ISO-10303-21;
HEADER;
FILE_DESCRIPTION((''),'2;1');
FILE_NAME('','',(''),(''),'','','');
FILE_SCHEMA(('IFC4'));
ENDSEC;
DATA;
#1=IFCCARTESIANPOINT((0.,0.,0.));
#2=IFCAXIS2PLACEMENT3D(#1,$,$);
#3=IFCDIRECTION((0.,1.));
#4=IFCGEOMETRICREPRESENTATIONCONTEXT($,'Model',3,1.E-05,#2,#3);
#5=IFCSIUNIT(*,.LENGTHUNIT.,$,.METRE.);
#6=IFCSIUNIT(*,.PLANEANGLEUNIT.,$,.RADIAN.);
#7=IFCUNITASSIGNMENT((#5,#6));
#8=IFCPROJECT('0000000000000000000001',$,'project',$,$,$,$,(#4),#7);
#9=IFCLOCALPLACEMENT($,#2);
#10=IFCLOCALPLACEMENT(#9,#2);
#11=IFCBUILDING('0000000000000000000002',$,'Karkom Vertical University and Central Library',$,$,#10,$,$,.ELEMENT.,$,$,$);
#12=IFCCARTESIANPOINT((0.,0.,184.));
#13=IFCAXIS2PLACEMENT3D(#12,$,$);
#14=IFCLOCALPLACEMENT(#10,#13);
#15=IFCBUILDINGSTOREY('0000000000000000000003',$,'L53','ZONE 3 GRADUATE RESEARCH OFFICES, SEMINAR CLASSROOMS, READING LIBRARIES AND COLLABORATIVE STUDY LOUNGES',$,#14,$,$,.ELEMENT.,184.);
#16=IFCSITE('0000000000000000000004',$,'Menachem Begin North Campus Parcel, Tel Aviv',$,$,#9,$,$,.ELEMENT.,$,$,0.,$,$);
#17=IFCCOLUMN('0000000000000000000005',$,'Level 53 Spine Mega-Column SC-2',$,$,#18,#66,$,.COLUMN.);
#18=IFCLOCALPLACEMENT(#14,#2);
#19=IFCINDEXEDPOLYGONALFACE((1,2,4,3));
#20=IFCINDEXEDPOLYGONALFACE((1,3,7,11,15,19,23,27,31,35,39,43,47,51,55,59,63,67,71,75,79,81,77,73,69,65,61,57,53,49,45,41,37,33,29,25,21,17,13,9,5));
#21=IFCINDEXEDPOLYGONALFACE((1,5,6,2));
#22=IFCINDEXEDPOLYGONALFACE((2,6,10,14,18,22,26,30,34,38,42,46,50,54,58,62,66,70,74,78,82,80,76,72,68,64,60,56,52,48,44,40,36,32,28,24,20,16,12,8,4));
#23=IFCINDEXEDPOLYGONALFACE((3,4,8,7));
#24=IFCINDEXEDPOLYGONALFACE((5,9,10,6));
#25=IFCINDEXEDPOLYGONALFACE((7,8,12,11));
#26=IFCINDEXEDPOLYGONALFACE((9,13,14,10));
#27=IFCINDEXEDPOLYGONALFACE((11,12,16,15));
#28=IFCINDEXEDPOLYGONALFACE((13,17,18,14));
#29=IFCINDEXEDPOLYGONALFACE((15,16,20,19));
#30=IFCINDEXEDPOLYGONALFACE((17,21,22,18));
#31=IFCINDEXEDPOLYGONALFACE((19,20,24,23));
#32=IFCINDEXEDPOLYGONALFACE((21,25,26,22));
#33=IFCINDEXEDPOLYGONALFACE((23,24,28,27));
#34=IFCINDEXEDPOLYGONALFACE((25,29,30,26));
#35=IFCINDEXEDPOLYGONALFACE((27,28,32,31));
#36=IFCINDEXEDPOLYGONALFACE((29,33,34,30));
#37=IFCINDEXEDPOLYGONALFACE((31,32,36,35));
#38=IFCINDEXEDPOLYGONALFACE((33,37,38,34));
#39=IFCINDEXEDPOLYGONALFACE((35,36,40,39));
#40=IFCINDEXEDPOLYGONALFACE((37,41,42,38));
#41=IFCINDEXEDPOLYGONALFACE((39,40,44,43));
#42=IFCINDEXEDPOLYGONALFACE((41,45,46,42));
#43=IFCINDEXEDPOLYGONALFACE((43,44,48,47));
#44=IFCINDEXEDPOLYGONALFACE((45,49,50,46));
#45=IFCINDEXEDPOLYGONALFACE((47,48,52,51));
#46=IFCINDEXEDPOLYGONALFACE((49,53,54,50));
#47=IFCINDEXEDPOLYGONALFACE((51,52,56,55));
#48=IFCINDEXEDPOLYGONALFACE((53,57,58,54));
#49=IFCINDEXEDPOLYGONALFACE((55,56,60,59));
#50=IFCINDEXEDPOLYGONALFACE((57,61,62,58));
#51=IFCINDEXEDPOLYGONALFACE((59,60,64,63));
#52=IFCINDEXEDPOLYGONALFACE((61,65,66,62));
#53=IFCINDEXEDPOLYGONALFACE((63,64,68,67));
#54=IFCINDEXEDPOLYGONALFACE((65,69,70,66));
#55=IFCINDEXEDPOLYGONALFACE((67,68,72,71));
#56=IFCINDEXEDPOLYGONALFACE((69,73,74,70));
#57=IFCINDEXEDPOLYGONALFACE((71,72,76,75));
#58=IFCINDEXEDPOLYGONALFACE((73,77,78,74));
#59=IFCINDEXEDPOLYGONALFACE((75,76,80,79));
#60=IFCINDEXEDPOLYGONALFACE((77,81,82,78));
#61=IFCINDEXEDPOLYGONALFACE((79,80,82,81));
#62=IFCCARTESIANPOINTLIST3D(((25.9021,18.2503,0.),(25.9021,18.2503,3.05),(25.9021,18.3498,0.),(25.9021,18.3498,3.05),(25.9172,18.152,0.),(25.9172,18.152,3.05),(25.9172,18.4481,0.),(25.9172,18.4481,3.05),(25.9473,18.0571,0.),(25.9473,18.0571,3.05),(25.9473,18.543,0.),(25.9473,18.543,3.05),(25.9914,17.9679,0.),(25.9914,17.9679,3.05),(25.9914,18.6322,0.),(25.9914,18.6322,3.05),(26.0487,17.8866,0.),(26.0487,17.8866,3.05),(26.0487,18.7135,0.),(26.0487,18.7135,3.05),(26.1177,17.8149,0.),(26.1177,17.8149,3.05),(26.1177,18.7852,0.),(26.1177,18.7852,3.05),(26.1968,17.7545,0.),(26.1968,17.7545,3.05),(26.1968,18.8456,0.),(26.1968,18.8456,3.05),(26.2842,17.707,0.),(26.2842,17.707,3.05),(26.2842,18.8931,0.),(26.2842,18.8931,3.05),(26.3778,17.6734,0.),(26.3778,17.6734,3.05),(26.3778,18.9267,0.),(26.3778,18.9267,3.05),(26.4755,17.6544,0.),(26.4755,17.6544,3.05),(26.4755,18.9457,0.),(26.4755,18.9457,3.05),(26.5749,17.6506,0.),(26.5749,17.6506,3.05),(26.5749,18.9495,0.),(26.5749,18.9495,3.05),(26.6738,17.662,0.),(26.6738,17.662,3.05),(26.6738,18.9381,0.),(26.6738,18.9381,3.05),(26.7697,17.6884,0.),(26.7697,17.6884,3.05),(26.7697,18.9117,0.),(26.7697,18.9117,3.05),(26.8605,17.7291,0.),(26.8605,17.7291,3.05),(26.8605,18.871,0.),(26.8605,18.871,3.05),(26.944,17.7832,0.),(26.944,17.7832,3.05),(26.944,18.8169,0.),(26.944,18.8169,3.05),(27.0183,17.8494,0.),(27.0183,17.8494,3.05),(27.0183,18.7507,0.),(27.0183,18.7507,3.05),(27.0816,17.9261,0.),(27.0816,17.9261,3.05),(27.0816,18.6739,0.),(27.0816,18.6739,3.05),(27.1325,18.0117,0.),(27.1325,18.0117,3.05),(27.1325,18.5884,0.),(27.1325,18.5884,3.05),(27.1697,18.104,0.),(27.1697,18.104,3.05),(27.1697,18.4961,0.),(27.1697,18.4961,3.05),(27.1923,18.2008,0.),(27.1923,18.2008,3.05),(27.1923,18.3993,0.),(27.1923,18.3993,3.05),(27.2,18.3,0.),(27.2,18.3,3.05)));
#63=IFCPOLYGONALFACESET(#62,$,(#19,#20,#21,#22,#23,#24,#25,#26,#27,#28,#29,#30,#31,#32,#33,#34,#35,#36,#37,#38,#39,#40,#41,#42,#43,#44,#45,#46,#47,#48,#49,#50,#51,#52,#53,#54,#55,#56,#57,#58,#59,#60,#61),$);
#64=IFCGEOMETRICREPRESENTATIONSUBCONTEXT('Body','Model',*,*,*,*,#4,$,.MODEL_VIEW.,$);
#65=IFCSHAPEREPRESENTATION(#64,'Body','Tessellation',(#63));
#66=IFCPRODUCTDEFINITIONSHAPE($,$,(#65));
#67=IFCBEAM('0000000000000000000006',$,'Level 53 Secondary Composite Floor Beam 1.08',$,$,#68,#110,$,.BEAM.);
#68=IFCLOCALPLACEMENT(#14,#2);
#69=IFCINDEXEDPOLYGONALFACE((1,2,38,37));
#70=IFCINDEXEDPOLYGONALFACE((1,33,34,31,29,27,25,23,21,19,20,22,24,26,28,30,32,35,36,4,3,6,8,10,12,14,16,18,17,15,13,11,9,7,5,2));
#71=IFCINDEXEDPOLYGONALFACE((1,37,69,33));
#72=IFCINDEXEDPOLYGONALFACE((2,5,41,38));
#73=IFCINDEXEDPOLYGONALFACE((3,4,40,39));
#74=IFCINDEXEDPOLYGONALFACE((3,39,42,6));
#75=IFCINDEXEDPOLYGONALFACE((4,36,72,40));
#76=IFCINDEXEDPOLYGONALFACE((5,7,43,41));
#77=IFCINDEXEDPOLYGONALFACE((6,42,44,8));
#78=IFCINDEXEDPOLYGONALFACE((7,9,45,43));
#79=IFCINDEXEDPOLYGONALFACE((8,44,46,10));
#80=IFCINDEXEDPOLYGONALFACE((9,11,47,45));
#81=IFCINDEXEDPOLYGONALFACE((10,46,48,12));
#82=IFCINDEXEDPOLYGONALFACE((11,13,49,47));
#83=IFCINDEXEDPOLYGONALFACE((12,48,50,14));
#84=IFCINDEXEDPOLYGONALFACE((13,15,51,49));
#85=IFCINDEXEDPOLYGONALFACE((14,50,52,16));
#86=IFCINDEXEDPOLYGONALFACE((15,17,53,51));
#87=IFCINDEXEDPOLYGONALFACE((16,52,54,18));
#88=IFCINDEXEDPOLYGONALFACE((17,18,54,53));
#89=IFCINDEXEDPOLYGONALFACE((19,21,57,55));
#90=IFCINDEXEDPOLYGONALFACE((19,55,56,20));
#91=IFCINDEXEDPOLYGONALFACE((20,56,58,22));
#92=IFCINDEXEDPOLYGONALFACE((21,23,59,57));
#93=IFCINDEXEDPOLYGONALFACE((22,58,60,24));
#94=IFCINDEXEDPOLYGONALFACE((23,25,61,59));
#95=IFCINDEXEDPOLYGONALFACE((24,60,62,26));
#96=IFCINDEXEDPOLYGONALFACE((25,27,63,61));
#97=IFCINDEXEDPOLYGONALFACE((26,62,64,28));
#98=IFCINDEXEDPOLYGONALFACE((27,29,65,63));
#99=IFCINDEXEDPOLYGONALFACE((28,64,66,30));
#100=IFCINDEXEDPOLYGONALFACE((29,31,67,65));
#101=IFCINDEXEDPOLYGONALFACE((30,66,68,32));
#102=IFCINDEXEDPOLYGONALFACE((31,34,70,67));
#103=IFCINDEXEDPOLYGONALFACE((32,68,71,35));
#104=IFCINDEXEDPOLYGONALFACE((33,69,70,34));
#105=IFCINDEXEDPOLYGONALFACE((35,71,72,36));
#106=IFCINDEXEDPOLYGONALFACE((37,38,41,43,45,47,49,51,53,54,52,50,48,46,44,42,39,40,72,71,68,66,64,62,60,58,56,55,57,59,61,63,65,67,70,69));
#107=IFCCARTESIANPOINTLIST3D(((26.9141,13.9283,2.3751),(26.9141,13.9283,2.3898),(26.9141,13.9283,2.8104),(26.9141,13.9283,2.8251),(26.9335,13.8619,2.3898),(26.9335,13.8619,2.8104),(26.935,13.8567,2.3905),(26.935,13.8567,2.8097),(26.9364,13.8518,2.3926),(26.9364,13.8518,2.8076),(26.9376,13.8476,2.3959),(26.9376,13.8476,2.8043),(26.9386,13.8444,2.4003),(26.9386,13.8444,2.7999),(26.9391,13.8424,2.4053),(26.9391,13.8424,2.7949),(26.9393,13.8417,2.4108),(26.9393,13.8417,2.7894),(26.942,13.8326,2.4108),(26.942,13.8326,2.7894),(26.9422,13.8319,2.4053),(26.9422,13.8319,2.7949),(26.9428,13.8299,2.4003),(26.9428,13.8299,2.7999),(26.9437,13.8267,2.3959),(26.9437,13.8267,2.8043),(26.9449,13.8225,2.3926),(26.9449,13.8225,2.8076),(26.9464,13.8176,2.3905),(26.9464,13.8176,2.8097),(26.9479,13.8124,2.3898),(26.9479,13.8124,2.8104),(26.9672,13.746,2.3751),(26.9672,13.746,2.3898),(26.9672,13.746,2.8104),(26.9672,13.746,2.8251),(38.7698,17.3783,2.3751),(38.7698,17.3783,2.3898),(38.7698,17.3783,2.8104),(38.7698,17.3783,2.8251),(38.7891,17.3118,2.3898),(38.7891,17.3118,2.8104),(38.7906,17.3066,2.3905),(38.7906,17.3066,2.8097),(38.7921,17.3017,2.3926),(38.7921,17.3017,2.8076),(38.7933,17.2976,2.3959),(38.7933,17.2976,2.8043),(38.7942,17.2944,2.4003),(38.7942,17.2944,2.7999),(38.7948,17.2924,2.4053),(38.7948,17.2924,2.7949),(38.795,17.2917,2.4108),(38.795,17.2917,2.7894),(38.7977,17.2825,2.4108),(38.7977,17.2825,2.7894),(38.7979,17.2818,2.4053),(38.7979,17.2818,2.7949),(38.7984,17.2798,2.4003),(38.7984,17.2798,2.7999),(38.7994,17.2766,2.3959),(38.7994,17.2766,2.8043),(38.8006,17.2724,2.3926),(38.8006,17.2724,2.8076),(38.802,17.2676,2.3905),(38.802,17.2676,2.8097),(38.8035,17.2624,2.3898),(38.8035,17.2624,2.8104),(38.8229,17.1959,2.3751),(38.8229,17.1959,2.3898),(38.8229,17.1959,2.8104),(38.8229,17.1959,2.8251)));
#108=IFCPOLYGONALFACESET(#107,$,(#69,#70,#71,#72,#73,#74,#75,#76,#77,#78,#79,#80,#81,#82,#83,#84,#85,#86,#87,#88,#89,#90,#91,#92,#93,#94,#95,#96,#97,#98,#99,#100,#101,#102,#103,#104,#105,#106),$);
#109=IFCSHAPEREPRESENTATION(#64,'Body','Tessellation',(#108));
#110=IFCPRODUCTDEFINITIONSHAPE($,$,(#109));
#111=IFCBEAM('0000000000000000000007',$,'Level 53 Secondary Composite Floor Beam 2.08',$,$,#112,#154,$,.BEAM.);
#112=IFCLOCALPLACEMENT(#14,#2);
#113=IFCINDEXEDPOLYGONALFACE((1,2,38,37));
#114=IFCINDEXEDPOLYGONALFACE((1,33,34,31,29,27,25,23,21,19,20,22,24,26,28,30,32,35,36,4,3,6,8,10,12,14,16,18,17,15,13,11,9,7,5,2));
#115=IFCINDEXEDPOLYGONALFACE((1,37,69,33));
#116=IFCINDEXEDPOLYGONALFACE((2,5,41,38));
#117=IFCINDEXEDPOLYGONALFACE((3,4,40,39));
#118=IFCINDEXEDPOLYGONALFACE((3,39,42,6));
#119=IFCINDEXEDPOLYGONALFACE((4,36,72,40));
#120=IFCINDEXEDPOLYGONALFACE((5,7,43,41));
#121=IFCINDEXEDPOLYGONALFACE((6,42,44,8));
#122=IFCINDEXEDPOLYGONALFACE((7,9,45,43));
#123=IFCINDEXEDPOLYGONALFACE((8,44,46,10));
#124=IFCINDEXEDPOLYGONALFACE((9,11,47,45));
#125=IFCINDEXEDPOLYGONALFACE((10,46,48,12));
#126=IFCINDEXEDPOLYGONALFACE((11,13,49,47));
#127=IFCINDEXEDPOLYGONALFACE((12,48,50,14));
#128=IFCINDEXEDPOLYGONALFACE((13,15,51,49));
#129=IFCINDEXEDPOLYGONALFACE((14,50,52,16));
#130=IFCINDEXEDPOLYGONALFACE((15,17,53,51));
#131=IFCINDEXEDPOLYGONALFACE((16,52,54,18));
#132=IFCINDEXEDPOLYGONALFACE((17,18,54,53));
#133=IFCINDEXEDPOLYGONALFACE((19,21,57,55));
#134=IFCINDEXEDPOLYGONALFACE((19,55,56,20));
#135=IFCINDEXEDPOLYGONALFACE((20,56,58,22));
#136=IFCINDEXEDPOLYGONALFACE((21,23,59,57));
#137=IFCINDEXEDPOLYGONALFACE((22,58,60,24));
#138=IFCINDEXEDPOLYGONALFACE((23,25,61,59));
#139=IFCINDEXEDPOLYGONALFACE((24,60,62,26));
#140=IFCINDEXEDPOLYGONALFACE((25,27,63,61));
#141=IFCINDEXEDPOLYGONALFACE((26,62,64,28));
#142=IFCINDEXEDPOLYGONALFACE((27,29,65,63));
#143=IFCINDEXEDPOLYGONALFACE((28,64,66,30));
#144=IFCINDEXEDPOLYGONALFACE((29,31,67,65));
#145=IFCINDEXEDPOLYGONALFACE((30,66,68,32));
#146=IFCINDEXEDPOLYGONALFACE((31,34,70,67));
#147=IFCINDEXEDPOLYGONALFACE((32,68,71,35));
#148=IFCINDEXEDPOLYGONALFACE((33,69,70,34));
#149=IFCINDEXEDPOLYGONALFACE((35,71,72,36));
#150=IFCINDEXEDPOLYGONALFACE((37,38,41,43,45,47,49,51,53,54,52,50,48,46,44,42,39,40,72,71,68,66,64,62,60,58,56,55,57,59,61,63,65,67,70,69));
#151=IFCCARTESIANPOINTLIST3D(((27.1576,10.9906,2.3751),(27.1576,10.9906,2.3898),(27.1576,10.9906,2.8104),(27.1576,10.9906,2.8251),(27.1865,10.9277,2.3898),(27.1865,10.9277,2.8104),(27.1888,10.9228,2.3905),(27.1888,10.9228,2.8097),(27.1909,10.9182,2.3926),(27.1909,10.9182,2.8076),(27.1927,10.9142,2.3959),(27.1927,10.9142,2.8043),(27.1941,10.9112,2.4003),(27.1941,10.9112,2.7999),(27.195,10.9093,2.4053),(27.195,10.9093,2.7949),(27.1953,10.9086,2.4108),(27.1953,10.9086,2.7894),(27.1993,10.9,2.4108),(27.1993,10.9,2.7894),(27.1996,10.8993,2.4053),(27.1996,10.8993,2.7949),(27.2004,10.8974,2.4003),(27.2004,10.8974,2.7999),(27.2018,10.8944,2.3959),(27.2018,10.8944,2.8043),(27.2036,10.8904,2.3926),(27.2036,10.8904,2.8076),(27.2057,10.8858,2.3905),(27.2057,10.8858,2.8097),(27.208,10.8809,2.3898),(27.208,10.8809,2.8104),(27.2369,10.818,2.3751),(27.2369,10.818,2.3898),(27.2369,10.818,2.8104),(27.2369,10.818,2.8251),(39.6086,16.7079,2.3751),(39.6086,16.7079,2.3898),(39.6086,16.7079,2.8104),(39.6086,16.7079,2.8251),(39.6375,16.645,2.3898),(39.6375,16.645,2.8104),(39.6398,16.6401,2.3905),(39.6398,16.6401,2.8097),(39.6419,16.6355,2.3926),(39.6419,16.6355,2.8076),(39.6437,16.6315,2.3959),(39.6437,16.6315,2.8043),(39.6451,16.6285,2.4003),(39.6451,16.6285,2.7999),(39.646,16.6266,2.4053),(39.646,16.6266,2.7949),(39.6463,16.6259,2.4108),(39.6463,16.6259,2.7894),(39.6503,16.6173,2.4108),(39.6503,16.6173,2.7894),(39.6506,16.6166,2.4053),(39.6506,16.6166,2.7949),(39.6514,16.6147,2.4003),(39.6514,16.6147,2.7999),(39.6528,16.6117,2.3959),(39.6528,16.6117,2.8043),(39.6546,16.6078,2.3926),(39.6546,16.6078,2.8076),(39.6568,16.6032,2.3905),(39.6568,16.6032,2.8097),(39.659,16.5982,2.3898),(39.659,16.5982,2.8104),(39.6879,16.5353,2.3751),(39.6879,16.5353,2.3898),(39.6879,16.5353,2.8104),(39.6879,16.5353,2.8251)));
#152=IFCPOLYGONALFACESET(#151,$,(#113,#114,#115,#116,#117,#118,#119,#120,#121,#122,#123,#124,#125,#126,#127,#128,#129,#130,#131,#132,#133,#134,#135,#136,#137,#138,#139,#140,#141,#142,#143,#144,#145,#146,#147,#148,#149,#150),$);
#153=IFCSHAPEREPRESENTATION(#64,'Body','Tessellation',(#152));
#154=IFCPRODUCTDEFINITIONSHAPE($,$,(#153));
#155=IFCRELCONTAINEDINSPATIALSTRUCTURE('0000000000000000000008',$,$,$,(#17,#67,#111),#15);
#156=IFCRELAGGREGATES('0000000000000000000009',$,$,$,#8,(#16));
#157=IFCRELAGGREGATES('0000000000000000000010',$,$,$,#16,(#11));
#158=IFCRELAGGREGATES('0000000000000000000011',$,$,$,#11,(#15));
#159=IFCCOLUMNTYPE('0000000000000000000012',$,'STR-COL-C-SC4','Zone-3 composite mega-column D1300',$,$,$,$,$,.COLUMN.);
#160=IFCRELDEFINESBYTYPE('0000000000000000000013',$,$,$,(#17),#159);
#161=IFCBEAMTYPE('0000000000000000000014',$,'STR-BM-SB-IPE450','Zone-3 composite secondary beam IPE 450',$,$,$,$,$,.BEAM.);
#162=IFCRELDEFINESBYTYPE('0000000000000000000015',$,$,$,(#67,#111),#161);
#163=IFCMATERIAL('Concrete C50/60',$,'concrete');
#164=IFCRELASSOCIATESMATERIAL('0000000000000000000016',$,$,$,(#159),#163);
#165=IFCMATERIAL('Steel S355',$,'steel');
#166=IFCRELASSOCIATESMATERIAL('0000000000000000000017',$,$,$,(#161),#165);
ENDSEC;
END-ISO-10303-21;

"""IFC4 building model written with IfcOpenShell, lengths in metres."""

from ifc_helpers import new_model, si_unit, direction, frame, origin, origin_with_axes, origin_2d, place, context, subcontext, project, spatial, circle, i_section, extrude, source, transform, mapped, material, material_profile, profile_set, type_object, element, save


model = new_model("IFC4")

# Units and contexts
model_context = context("Model", 3, precision=1e-05, world=origin(), true_north=direction((0.0, 1.0)))
body_context = subcontext(model_context, "Body", "Model", "MODEL_VIEW")
ifc_project = project(units=[si_unit("LENGTHUNIT", "METRE"), si_unit("PLANEANGLEUNIT", "RADIAN")], contexts=[model_context])

# Site, building, storey
site_placement = place(None, origin())
site = spatial("IfcSite", under=ifc_project, at=site_placement, Name="Menachem Begin North Campus Parcel, Tel Aviv", CompositionType="ELEMENT", RefElevation=0.0)
building_placement = place(site_placement, origin())
building = spatial("IfcBuilding", under=site, at=building_placement, Name="Karkom Vertical University and Central Library", CompositionType="ELEMENT")
storey_placement = place(building_placement, frame((0.0, 0.0, 184.0)))
storey = spatial("IfcBuildingStorey", under=building, at=storey_placement, Name="L53", Description="ZONE 3 GRADUATE RESEARCH OFFICES, SEMINAR CLASSROOMS, READING LIBRARIES AND COLLABORATIVE STUDY LOUNGES", CompositionType="ELEMENT", Elevation=184.0)

# Column
ifc_material_1 = material(Name="Concrete C50/60", Category="concrete")
ifc_material_profile_1 = material_profile(ifc_material_1, circle(Radius=0.6499, at=origin_2d()), Name="CFT-D1300")
ifc_profile_set_1 = profile_set([ifc_material_profile_1], Name="Concrete C50/60")
column_type = type_object("IfcColumnType", Name="STR-COL-C-SC4", Description="Zone-3 composite mega-column D1300", PredefinedType="COLUMN", material=ifc_profile_set_1)
shared_shape_1 = source(origin_with_axes(), body_context, "Body", "SweptSolid", [
    extrude(circle(Radius=0.6499, at=origin_2d()), origin(), (0.0, 0.0, 1.0), 3.05),
])
column_placement = place(storey_placement, frame((26.55, 18.3, 0.0), z_axis=(0.0, 0.0, 1.0), x_axis=(1.0, 0.0, 0.0)))
element("IfcColumn", 1, at=column_placement, inside=storey, type_object=column_type, Name="Level 53 Spine Mega-Column SC-2", PredefinedType="COLUMN", context=body_context, shape_type="MappedRepresentation", body=[
    mapped(shared_shape_1, transform((0.0, 0.0, 0.0), scale=1.0)),
])

# Beams
ifc_material_2 = material(Name="Steel S355", Category="steel")
ifc_material_profile_2 = material_profile(ifc_material_2, i_section(OverallWidth=0.1899, OverallDepth=0.45, WebThickness=0.0095, FlangeThickness=0.0146, FilletRadius=0.021, at=origin_2d()), Name="IPE 450")
ifc_profile_set_2 = profile_set([ifc_material_profile_2], Name="Steel S355")
beam_type_1 = type_object("IfcBeamType", Name="STR-BM-SB-IPE450", Description="Zone-3 composite secondary beam IPE 450", PredefinedType="BEAM", material=ifc_profile_set_2)
shared_shape_2 = source(origin_with_axes(), body_context, "Body", "SweptSolid", [
    extrude(i_section(OverallWidth=0.1899, OverallDepth=0.45, WebThickness=0.0095, FlangeThickness=0.0146, FilletRadius=0.021, at=origin_2d()), origin(), (0.0, 0.0, 1.0), 12.3474),
])
beam_1_placement = place(storey_placement, frame((26.9407, 13.8372, 2.6001), z_axis=(0.960173, 0.279405, 0.0), x_axis=(-0.279405, 0.960173, 0.0)))
element("IfcBeam", 2, at=beam_1_placement, inside=storey, type_object=beam_type_1, Name="Level 53 Secondary Composite Floor Beam 1.08", PredefinedType="BEAM", context=body_context, shape_type="MappedRepresentation", body=[
    mapped(shared_shape_2, transform((0.0, 0.0, 0.0), scale=1.0)),
])
shared_shape_3 = source(origin_with_axes(), body_context, "Body", "SweptSolid", [
    extrude(i_section(OverallWidth=0.1899, OverallDepth=0.45, WebThickness=0.0095, FlangeThickness=0.0146, FilletRadius=0.021, at=origin_2d()), origin(), (0.0, 0.0, 1.0), 13.7009),
])
beam_2_placement = place(storey_placement, frame((27.1973, 10.9043, 2.6001), z_axis=(0.908771, 0.417295, 0.0), x_axis=(-0.417295, 0.908771, 0.0)))
element("IfcBeam", 3, at=beam_2_placement, inside=storey, type_object=beam_type_1, Name="Level 53 Secondary Composite Floor Beam 2.08", PredefinedType="BEAM", context=body_context, shape_type="MappedRepresentation", body=[
    mapped(shared_shape_3, transform((0.0, 0.0, 0.0), scale=1.0)),
])

save(model, "model.ifc")
